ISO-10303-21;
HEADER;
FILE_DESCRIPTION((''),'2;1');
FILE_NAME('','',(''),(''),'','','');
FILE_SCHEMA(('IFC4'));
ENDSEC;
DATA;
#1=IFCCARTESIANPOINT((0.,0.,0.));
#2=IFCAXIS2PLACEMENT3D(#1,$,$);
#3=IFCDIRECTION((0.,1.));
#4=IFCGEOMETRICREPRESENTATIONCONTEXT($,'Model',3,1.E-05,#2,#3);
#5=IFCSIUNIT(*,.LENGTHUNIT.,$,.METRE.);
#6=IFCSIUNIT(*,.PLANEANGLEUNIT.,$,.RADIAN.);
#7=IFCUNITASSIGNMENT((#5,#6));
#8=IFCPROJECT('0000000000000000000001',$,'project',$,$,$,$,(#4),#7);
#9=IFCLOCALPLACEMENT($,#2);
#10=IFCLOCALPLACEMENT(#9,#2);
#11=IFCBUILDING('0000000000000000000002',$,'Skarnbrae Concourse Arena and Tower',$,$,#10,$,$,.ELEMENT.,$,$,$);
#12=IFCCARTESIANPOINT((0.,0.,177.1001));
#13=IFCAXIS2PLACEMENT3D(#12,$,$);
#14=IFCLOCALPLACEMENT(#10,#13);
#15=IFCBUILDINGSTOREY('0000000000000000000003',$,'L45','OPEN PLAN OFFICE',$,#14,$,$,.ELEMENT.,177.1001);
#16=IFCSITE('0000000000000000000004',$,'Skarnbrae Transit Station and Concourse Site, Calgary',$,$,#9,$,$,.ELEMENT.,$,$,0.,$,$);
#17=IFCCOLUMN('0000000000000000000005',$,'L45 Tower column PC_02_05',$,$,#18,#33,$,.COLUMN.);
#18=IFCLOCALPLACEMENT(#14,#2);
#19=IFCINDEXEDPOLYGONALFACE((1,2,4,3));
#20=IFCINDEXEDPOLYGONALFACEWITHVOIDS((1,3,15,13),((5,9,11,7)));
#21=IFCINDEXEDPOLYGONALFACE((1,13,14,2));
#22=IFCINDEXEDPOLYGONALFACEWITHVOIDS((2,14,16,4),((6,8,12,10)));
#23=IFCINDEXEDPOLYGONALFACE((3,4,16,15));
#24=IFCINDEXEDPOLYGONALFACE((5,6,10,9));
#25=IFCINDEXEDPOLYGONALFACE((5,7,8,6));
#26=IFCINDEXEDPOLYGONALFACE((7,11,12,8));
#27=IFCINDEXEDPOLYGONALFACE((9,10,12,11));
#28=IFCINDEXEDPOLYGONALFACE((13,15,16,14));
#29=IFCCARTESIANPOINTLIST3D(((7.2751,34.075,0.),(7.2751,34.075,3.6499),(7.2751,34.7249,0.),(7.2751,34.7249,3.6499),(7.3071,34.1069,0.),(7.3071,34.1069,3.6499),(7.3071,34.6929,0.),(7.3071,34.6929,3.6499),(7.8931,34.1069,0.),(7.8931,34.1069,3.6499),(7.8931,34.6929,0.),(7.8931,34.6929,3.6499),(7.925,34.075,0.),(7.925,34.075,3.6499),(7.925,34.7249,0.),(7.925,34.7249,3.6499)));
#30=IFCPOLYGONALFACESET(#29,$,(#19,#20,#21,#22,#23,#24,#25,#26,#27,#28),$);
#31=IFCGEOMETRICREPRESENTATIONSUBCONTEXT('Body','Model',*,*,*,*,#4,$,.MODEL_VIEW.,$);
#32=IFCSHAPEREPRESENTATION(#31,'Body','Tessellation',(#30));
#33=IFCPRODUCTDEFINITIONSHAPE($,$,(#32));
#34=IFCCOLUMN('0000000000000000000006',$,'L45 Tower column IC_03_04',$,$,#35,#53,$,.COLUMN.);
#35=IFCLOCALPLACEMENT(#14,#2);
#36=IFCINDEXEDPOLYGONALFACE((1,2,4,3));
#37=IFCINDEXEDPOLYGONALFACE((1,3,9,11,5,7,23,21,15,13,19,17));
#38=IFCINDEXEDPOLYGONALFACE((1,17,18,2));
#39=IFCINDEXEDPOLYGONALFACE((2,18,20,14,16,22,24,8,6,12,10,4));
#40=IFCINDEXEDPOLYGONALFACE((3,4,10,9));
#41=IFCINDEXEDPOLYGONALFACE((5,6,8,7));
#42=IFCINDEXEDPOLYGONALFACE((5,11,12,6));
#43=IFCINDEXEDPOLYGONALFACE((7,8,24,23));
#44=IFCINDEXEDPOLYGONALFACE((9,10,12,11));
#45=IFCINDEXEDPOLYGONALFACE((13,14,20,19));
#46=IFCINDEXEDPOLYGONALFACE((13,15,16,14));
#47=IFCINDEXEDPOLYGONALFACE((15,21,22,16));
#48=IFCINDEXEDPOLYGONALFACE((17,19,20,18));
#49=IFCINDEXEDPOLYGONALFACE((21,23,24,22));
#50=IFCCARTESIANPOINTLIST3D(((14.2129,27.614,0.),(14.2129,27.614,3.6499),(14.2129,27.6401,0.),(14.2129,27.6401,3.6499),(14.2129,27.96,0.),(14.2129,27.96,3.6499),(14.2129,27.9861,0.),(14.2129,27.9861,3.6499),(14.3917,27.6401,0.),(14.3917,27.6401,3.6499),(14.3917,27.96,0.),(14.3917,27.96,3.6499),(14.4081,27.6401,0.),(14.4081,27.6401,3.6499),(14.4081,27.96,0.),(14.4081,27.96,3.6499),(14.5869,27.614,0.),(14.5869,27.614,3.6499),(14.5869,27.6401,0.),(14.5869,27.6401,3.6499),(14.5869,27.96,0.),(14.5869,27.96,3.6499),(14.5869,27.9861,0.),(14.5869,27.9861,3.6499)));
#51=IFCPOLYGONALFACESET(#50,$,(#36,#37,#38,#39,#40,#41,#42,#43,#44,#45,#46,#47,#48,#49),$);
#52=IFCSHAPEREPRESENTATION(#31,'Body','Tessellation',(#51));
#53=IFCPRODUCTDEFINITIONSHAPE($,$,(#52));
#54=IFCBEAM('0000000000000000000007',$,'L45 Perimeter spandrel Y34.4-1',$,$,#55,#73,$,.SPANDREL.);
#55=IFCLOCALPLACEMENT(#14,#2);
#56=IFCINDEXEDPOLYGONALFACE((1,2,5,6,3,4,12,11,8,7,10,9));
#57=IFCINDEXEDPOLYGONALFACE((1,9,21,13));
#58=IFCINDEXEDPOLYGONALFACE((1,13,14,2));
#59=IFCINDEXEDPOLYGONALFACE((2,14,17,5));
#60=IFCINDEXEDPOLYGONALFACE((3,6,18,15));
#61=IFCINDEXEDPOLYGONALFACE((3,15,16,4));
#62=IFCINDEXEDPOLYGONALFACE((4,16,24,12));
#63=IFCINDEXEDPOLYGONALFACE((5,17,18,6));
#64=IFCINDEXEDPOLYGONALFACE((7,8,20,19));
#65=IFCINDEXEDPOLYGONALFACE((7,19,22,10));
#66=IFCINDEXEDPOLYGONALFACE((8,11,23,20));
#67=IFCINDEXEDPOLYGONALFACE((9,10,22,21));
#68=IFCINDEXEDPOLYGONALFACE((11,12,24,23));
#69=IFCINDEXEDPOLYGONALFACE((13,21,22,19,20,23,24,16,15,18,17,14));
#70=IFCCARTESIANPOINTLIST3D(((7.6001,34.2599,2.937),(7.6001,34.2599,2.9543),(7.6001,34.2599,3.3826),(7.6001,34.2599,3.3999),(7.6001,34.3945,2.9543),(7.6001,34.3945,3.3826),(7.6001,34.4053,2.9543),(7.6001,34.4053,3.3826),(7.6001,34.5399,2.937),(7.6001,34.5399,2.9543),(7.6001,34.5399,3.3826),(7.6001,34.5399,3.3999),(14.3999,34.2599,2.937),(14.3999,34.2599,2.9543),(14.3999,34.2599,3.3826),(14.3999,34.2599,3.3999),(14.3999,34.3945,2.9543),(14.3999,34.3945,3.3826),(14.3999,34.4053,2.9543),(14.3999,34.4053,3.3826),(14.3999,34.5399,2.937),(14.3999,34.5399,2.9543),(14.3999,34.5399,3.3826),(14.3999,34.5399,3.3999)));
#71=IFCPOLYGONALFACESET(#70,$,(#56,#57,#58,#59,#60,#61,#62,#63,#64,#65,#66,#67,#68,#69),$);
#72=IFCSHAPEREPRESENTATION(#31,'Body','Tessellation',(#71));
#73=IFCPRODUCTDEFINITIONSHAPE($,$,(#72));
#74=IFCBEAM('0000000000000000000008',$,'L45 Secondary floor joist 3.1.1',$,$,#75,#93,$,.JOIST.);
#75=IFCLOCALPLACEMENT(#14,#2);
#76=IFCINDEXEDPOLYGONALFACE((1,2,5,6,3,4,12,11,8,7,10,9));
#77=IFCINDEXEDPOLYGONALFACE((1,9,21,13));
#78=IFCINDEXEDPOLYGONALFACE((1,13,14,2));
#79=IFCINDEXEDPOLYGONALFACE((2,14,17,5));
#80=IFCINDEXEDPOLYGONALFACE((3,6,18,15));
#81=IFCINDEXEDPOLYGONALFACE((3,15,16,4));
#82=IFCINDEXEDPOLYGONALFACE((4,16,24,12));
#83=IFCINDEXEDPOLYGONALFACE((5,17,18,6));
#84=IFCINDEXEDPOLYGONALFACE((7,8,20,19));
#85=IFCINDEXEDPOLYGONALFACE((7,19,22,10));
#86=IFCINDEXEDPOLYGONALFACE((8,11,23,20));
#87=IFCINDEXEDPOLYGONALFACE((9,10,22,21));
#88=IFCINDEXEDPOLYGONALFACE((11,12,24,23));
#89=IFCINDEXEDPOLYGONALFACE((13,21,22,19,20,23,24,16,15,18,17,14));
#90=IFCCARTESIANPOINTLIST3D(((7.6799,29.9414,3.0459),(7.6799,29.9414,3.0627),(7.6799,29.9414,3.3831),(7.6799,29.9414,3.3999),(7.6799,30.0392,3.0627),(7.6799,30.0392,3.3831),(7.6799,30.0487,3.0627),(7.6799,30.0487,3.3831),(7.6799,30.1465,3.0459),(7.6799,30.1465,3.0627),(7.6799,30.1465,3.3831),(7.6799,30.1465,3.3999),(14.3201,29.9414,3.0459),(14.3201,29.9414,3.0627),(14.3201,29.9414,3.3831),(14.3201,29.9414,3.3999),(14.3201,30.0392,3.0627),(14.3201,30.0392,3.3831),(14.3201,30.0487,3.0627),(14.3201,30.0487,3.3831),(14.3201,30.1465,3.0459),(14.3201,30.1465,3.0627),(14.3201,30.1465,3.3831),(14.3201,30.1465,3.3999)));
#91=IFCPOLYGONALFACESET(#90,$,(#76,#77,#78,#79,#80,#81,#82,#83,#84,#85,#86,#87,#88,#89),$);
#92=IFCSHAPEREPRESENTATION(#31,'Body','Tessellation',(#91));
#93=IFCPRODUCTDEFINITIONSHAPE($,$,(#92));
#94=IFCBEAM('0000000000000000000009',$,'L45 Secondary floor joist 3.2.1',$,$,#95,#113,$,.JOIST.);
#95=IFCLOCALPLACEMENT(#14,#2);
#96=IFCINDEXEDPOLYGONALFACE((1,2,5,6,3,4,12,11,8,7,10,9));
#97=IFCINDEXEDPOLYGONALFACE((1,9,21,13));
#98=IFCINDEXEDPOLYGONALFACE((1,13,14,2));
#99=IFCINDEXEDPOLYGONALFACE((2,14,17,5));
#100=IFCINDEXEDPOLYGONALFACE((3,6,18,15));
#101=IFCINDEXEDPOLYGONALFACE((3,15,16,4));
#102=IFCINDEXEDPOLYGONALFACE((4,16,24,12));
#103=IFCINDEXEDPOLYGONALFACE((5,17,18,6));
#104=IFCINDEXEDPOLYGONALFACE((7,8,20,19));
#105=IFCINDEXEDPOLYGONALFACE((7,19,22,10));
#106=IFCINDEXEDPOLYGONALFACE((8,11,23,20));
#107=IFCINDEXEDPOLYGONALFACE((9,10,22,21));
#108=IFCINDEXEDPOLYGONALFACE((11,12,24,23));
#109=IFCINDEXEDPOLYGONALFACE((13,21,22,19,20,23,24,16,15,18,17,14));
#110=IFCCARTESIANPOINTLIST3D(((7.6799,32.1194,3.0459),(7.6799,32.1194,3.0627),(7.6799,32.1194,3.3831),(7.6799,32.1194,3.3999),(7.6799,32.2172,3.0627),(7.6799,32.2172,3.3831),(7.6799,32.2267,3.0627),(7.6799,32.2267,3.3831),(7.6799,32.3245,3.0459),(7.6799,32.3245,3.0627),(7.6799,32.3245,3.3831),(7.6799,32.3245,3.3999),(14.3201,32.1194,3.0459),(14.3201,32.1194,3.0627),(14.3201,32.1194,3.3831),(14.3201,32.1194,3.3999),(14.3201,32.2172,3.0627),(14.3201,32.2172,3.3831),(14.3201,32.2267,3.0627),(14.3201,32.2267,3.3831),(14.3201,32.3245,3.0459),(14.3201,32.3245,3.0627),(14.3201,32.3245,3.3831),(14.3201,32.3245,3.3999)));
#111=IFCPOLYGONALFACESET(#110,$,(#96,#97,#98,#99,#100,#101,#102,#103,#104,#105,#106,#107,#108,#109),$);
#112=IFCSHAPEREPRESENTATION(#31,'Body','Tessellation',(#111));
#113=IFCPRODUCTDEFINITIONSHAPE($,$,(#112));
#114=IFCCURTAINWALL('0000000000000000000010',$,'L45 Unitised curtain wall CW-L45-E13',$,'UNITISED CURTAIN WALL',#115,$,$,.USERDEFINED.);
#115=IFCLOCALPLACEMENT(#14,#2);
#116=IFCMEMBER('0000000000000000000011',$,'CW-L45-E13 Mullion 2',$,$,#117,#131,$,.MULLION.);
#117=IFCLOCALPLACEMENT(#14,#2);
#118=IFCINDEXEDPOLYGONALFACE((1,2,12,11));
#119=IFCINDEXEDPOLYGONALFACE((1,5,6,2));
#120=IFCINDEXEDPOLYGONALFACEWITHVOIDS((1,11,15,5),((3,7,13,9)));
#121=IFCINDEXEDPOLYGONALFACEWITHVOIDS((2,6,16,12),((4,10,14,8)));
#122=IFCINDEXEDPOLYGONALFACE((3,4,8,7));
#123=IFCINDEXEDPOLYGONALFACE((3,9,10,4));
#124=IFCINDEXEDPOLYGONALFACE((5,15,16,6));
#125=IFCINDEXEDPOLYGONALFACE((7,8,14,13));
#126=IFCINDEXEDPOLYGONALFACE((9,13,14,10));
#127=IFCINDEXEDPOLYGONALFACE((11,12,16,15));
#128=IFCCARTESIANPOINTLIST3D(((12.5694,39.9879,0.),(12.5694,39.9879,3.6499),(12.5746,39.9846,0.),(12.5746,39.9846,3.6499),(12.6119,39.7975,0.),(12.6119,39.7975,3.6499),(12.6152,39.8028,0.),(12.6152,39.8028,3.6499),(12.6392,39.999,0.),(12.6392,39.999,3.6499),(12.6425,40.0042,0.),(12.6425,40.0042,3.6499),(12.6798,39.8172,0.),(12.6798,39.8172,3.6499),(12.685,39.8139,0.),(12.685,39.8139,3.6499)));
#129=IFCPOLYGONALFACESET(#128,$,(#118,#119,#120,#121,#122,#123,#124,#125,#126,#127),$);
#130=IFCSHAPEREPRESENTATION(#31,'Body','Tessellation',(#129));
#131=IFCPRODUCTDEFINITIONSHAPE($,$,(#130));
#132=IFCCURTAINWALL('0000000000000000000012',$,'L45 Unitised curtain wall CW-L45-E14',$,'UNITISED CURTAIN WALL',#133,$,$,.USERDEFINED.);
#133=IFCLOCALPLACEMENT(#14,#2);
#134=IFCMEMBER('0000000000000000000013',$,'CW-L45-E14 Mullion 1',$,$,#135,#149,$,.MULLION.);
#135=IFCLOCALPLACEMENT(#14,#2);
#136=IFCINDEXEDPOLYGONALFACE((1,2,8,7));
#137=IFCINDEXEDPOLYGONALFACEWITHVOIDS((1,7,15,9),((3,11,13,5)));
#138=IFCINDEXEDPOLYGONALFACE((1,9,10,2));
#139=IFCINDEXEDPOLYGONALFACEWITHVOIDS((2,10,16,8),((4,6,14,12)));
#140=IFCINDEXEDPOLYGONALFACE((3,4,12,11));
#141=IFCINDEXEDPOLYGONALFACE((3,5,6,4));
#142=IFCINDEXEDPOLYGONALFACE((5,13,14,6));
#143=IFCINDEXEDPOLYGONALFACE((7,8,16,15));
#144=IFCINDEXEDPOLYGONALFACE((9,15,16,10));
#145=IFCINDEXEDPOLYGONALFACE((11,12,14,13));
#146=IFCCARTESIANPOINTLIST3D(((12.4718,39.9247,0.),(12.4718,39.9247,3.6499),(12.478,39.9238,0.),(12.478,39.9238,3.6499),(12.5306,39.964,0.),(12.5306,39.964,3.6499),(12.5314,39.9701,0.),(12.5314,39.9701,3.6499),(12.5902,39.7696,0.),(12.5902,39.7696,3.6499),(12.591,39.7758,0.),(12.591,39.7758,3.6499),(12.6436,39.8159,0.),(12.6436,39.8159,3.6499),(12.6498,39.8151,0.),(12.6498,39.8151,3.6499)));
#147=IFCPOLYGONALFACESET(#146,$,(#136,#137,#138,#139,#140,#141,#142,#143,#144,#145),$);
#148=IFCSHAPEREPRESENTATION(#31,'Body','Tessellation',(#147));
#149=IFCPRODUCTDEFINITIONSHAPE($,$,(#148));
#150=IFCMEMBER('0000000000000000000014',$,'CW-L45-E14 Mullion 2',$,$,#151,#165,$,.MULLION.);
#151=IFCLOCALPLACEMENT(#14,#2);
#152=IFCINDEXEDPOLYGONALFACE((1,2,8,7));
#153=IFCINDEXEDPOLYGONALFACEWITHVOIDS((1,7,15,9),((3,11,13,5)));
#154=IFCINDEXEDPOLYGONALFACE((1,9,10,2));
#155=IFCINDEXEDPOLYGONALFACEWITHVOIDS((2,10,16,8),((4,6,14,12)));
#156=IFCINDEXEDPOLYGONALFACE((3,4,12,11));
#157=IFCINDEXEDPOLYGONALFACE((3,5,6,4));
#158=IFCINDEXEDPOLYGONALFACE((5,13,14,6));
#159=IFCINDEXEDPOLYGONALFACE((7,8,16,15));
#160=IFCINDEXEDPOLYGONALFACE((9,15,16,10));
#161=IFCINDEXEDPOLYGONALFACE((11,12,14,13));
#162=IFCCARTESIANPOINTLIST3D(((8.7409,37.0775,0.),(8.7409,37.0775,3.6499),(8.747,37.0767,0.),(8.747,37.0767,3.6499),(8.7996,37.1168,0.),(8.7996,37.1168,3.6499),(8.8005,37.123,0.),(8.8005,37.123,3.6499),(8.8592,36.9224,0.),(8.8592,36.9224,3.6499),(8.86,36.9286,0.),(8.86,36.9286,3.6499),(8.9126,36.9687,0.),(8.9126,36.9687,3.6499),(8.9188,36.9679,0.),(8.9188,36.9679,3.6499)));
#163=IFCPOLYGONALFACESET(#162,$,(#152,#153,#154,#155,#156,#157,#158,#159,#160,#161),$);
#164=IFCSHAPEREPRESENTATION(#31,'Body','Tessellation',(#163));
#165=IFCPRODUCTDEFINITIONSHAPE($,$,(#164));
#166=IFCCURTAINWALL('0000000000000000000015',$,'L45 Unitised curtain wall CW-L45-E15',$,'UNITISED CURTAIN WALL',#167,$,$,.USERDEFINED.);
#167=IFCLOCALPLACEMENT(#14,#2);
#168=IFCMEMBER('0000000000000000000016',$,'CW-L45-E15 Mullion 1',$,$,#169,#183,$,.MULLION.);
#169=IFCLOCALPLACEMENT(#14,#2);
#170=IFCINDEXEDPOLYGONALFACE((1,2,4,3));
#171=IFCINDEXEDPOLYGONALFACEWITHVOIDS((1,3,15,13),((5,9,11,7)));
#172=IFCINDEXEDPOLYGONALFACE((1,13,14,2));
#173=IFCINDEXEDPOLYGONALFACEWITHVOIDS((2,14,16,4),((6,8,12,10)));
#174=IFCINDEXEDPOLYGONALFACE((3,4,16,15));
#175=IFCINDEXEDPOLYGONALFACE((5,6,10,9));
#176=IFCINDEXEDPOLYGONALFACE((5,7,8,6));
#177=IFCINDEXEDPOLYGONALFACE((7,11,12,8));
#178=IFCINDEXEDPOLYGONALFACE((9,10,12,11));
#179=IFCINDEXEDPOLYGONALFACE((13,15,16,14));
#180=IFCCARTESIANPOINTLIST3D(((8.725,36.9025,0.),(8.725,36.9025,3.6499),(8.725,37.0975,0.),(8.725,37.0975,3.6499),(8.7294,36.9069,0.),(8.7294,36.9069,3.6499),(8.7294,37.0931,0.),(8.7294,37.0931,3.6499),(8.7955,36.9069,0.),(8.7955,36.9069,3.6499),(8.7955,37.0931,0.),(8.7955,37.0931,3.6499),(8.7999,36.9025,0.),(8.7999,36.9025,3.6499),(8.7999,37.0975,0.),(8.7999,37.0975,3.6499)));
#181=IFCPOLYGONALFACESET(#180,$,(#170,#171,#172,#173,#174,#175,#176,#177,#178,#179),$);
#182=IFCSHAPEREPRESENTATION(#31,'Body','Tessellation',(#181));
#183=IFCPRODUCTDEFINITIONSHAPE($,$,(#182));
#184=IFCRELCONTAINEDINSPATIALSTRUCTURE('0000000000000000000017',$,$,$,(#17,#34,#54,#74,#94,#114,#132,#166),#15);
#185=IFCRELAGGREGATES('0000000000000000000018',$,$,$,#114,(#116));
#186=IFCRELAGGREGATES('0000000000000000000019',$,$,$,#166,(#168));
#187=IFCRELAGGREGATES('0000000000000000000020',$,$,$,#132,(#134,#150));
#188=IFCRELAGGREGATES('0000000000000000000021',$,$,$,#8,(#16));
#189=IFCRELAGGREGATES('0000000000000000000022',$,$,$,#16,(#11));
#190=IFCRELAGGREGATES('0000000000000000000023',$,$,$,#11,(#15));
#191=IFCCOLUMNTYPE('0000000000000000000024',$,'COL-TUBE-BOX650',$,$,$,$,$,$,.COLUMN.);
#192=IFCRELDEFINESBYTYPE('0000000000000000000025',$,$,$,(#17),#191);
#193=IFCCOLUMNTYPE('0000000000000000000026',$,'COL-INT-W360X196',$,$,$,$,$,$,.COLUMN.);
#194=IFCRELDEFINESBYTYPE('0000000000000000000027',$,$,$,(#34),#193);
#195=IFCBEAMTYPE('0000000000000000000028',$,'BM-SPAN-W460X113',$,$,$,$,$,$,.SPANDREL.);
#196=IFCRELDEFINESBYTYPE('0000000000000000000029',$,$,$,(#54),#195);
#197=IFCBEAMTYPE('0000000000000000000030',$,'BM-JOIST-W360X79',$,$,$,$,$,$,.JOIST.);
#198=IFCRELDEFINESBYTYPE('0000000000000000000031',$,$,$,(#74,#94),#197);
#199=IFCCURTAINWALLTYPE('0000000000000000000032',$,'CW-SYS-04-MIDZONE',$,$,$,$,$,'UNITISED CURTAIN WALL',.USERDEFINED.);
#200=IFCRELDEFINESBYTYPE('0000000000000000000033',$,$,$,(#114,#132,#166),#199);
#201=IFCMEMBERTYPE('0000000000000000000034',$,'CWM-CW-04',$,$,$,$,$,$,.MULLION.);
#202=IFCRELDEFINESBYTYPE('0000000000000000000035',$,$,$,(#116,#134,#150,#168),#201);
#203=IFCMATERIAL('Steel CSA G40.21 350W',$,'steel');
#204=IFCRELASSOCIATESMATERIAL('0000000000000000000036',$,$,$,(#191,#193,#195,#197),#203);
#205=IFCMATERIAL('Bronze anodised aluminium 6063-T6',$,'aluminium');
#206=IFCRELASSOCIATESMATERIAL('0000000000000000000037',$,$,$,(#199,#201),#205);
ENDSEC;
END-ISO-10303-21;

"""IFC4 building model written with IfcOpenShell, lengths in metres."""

from ifc_helpers import new_model, si_unit, direction, frame, origin, origin_2d, place, context, subcontext, project, spatial, hollow_rectangle, i_section, extrude, source, transform, mapped, material, material_profile, profile_set, type_object, element, aggregate, save


model = new_model("IFC4")

# Units and contexts
model_context = context("Model", 3, precision=1e-05, world=origin(), true_north=direction((0.0, 1.0)))
body_context = subcontext(model_context, "Body", "Model", "MODEL_VIEW")
ifc_project = project(units=[si_unit("LENGTHUNIT", "METRE"), si_unit("PLANEANGLEUNIT", "RADIAN")], contexts=[model_context])

# Site, building, storey
site_placement = place(None, origin())
site = spatial("IfcSite", under=ifc_project, at=site_placement, Name="Skarnbrae Transit Station and Concourse Site, Calgary", CompositionType="ELEMENT", RefElevation=0.0)
building_placement = place(site_placement, origin())
building = spatial("IfcBuilding", under=site, at=building_placement, Name="Skarnbrae Concourse Arena and Tower", CompositionType="ELEMENT")
storey_placement = place(building_placement, frame((0.0, 0.0, 177.1001)))
storey = spatial("IfcBuildingStorey", under=building, at=storey_placement, Name="L45", Description="OPEN PLAN OFFICE", CompositionType="ELEMENT", Elevation=177.1001)

# Columns
ifc_material_1 = material(Name="Steel CSA G40.21 350W", Category="steel")
ifc_material_profile_1 = material_profile(ifc_material_1, hollow_rectangle(XDim=0.6499, YDim=0.6499, WallThickness=0.032, at=origin_2d()), Name="BOX650X650X32")
ifc_profile_set_1 = profile_set([ifc_material_profile_1], Name="Steel CSA G40.21 350W")
column_type_1 = type_object("IfcColumnType", Name="COL-TUBE-BOX650", PredefinedType="COLUMN", material=ifc_profile_set_1)
shared_shape_1 = source(origin(), body_context, "Body", "SweptSolid", [
    extrude(hollow_rectangle(XDim=0.6499, YDim=0.6499, WallThickness=0.032, at=origin_2d()), origin(), (0.0, 0.0, 1.0), 3.6499),
])
column_1_placement = place(storey_placement, frame((7.6001, 34.3999, 0.0), z_axis=(0.0, 0.0, 1.0), x_axis=(1.0, 0.0, 0.0)))
element("IfcColumn", 1, at=column_1_placement, inside=storey, type_object=column_type_1, Name="L45 Tower column PC_02_05", PredefinedType="COLUMN", context=body_context, shape_type="MappedRepresentation", body=[
    mapped(shared_shape_1, transform((0.0, 0.0, 0.0))),
])
ifc_material_profile_2 = material_profile(ifc_material_1, i_section(OverallWidth=0.374, OverallDepth=0.3721, WebThickness=0.0164, FlangeThickness=0.0261, at=origin_2d()), Name="W360X196")
ifc_profile_set_2 = profile_set([ifc_material_profile_2], Name="Steel CSA G40.21 350W")
column_type_2 = type_object("IfcColumnType", Name="COL-INT-W360X196", PredefinedType="COLUMN", material=ifc_profile_set_2)
shared_shape_2 = source(origin(), body_context, "Body", "SweptSolid", [
    extrude(i_section(OverallWidth=0.374, OverallDepth=0.3721, WebThickness=0.0164, FlangeThickness=0.0261, at=origin_2d()), origin(), (0.0, 0.0, 1.0), 3.6499),
])
column_2_placement = place(storey_placement, frame((14.3999, 27.8, 0.0), z_axis=(0.0, 0.0, 1.0), x_axis=(1.0, 0.0, 0.0)))
element("IfcColumn", 2, at=column_2_placement, inside=storey, type_object=column_type_2, Name="L45 Tower column IC_03_04", PredefinedType="COLUMN", context=body_context, shape_type="MappedRepresentation", body=[
    mapped(shared_shape_2, transform((0.0, 0.0, 0.0))),
])

# Beams
ifc_material_profile_3 = material_profile(ifc_material_1, i_section(OverallWidth=0.28, OverallDepth=0.4629, WebThickness=0.0107, FlangeThickness=0.0173, at=origin_2d()), Name="W460X113")
ifc_profile_set_3 = profile_set([ifc_material_profile_3], Name="Steel CSA G40.21 350W")
beam_type_1 = type_object("IfcBeamType", Name="BM-SPAN-W460X113", PredefinedType="SPANDREL", material=ifc_profile_set_3)
shared_shape_3 = source(origin(), body_context, "Body", "SweptSolid", [
    extrude(i_section(OverallWidth=0.28, OverallDepth=0.4629, WebThickness=0.0107, FlangeThickness=0.0173, at=origin_2d()), origin(), (0.0, 0.0, 1.0), 6.7998),
])
beam_placement = place(storey_placement, frame((7.6001, 34.3999, 3.1685), z_axis=(1.0, 0.0, 0.0), x_axis=(0.0, 1.0, 0.0)))
element("IfcBeam", 3, at=beam_placement, inside=storey, type_object=beam_type_1, Name="L45 Perimeter spandrel Y34.4-1", PredefinedType="SPANDREL", context=body_context, shape_type="MappedRepresentation", body=[
    mapped(shared_shape_3, transform((0.0, 0.0, 0.0))),
])
ifc_material_profile_4 = material_profile(ifc_material_1, i_section(OverallWidth=0.2051, OverallDepth=0.354, WebThickness=0.0095, FlangeThickness=0.0168, at=origin_2d()), Name="W360X79")
ifc_profile_set_4 = profile_set([ifc_material_profile_4], Name="Steel CSA G40.21 350W")
beam_type_2 = type_object("IfcBeamType", Name="BM-JOIST-W360X79", PredefinedType="JOIST", material=ifc_profile_set_4)
shared_shape_4 = source(origin(), body_context, "Body", "SweptSolid", [
    extrude(i_section(OverallWidth=0.2051, OverallDepth=0.354, WebThickness=0.0095, FlangeThickness=0.0168, at=origin_2d()), origin(), (0.0, 0.0, 1.0), 6.6401),
])
for number, where, z_axis, x_axis, name in (
    (4, (7.6799, 30.0439, 3.2229), (1.0, 0.0, 0.0), (0.0, 1.0, 0.0), "L45 Secondary floor joist 3.1.1"),
    (5, (7.6799, 32.2219, 3.2229), (1.0, 0.0, 0.0), (0.0, 1.0, 0.0), "L45 Secondary floor joist 3.2.1"),
):
    element("IfcBeam", number, at=place(storey_placement, frame(where, z_axis=z_axis, x_axis=x_axis)), inside=storey, type_object=beam_type_2, Name=name, PredefinedType="JOIST", context=body_context, shape_type="MappedRepresentation", body=[
        mapped(shared_shape_4, transform((0.0, 0.0, 0.0))),
    ])

# Curtain wall, member
ifc_material_2 = material(Name="Bronze anodised aluminium 6063-T6", Category="aluminium")
curtain_wall_type = type_object("IfcCurtainWallType", Name="CW-SYS-04-MIDZONE", ElementType="UNITISED CURTAIN WALL", PredefinedType="USERDEFINED", material=ifc_material_2)
curtain_wall_1_placement = place(storey_placement, origin())
curtain_wall_1 = element("IfcCurtainWall", 6, at=curtain_wall_1_placement, inside=storey, type_object=curtain_wall_type, Name="L45 Unitised curtain wall CW-L45-E13", ObjectType="UNITISED CURTAIN WALL", PredefinedType="USERDEFINED")
ifc_material_profile_5 = material_profile(ifc_material_2, hollow_rectangle(XDim=0.075, YDim=0.1951, WallThickness=0.0044, at=origin_2d()), Name="ALU-MULL-75X195")
ifc_profile_set_5 = profile_set([ifc_material_profile_5], Name="Bronze anodised aluminium 6063-T6")
member_type_1 = type_object("IfcMemberType", Name="CWM-CW-04", PredefinedType="MULLION", material=ifc_profile_set_5)
shared_shape_5 = source(origin(), body_context, "Body", "SweptSolid", [
    extrude(hollow_rectangle(XDim=0.075, YDim=0.1951, WallThickness=0.0044, at=origin_2d()), origin(), (0.0, 0.0, 1.0), 3.6499),
])
member_1_placement = place(storey_placement, frame((12.6272, 39.9009, 0.0), z_axis=(0.0, 0.0, 1.0), x_axis=(-0.975936, -0.218056, 0.0)))
member_1 = element("IfcMember", 7, at=member_1_placement, type_object=member_type_1, Name="CW-L45-E13 Mullion 2", PredefinedType="MULLION", context=body_context, shape_type="MappedRepresentation", body=[
    mapped(shared_shape_5, transform((0.0, 0.0, 0.0))),
])
aggregate(curtain_wall_1, [member_1])

# Curtain walls, members
curtain_wall_2_placement = place(storey_placement, origin())
curtain_wall_2 = element("IfcCurtainWall", 8, at=curtain_wall_2_placement, inside=storey, type_object=curtain_wall_type, Name="L45 Unitised curtain wall CW-L45-E14", ObjectType="UNITISED CURTAIN WALL", PredefinedType="USERDEFINED")
member_2_placement = place(storey_placement, frame((12.5608, 39.8699, 0.0), z_axis=(0.0, 0.0, 1.0), x_axis=(-0.794956, -0.606667, 0.0)))
member_2 = element("IfcMember", 9, at=member_2_placement, type_object=member_type_1, Name="CW-L45-E14 Mullion 1", PredefinedType="MULLION", context=body_context, shape_type="MappedRepresentation", body=[
    mapped(shared_shape_5, transform((0.0, 0.0, 0.0))),
])
member_3_placement = place(storey_placement, frame((8.8298, 37.0227, 0.0), z_axis=(0.0, 0.0, 1.0), x_axis=(-0.794956, -0.606667, 0.0)))
member_3 = element("IfcMember", 10, at=member_3_placement, type_object=member_type_1, Name="CW-L45-E14 Mullion 2", PredefinedType="MULLION", context=body_context, shape_type="MappedRepresentation", body=[
    mapped(shared_shape_5, transform((0.0, 0.0, 0.0))),
])
curtain_wall_3_placement = place(storey_placement, origin())
curtain_wall_3 = element("IfcCurtainWall", 11, at=curtain_wall_3_placement, inside=storey, type_object=curtain_wall_type, Name="L45 Unitised curtain wall CW-L45-E15", ObjectType="UNITISED CURTAIN WALL", PredefinedType="USERDEFINED")
member_4_placement = place(storey_placement, frame((8.7625, 37.0, 0.0), z_axis=(0.0, 0.0, 1.0), x_axis=(-1.0, 0.0, 0.0)))
member_4 = element("IfcMember", 12, at=member_4_placement, type_object=member_type_1, Name="CW-L45-E15 Mullion 1", PredefinedType="MULLION", context=body_context, shape_type="MappedRepresentation", body=[
    mapped(shared_shape_5, transform((0.0, 0.0, 0.0))),
])

aggregate(curtain_wall_3, [member_4])
aggregate(curtain_wall_2, [member_2, member_3])

save(model, "model.ifc")
